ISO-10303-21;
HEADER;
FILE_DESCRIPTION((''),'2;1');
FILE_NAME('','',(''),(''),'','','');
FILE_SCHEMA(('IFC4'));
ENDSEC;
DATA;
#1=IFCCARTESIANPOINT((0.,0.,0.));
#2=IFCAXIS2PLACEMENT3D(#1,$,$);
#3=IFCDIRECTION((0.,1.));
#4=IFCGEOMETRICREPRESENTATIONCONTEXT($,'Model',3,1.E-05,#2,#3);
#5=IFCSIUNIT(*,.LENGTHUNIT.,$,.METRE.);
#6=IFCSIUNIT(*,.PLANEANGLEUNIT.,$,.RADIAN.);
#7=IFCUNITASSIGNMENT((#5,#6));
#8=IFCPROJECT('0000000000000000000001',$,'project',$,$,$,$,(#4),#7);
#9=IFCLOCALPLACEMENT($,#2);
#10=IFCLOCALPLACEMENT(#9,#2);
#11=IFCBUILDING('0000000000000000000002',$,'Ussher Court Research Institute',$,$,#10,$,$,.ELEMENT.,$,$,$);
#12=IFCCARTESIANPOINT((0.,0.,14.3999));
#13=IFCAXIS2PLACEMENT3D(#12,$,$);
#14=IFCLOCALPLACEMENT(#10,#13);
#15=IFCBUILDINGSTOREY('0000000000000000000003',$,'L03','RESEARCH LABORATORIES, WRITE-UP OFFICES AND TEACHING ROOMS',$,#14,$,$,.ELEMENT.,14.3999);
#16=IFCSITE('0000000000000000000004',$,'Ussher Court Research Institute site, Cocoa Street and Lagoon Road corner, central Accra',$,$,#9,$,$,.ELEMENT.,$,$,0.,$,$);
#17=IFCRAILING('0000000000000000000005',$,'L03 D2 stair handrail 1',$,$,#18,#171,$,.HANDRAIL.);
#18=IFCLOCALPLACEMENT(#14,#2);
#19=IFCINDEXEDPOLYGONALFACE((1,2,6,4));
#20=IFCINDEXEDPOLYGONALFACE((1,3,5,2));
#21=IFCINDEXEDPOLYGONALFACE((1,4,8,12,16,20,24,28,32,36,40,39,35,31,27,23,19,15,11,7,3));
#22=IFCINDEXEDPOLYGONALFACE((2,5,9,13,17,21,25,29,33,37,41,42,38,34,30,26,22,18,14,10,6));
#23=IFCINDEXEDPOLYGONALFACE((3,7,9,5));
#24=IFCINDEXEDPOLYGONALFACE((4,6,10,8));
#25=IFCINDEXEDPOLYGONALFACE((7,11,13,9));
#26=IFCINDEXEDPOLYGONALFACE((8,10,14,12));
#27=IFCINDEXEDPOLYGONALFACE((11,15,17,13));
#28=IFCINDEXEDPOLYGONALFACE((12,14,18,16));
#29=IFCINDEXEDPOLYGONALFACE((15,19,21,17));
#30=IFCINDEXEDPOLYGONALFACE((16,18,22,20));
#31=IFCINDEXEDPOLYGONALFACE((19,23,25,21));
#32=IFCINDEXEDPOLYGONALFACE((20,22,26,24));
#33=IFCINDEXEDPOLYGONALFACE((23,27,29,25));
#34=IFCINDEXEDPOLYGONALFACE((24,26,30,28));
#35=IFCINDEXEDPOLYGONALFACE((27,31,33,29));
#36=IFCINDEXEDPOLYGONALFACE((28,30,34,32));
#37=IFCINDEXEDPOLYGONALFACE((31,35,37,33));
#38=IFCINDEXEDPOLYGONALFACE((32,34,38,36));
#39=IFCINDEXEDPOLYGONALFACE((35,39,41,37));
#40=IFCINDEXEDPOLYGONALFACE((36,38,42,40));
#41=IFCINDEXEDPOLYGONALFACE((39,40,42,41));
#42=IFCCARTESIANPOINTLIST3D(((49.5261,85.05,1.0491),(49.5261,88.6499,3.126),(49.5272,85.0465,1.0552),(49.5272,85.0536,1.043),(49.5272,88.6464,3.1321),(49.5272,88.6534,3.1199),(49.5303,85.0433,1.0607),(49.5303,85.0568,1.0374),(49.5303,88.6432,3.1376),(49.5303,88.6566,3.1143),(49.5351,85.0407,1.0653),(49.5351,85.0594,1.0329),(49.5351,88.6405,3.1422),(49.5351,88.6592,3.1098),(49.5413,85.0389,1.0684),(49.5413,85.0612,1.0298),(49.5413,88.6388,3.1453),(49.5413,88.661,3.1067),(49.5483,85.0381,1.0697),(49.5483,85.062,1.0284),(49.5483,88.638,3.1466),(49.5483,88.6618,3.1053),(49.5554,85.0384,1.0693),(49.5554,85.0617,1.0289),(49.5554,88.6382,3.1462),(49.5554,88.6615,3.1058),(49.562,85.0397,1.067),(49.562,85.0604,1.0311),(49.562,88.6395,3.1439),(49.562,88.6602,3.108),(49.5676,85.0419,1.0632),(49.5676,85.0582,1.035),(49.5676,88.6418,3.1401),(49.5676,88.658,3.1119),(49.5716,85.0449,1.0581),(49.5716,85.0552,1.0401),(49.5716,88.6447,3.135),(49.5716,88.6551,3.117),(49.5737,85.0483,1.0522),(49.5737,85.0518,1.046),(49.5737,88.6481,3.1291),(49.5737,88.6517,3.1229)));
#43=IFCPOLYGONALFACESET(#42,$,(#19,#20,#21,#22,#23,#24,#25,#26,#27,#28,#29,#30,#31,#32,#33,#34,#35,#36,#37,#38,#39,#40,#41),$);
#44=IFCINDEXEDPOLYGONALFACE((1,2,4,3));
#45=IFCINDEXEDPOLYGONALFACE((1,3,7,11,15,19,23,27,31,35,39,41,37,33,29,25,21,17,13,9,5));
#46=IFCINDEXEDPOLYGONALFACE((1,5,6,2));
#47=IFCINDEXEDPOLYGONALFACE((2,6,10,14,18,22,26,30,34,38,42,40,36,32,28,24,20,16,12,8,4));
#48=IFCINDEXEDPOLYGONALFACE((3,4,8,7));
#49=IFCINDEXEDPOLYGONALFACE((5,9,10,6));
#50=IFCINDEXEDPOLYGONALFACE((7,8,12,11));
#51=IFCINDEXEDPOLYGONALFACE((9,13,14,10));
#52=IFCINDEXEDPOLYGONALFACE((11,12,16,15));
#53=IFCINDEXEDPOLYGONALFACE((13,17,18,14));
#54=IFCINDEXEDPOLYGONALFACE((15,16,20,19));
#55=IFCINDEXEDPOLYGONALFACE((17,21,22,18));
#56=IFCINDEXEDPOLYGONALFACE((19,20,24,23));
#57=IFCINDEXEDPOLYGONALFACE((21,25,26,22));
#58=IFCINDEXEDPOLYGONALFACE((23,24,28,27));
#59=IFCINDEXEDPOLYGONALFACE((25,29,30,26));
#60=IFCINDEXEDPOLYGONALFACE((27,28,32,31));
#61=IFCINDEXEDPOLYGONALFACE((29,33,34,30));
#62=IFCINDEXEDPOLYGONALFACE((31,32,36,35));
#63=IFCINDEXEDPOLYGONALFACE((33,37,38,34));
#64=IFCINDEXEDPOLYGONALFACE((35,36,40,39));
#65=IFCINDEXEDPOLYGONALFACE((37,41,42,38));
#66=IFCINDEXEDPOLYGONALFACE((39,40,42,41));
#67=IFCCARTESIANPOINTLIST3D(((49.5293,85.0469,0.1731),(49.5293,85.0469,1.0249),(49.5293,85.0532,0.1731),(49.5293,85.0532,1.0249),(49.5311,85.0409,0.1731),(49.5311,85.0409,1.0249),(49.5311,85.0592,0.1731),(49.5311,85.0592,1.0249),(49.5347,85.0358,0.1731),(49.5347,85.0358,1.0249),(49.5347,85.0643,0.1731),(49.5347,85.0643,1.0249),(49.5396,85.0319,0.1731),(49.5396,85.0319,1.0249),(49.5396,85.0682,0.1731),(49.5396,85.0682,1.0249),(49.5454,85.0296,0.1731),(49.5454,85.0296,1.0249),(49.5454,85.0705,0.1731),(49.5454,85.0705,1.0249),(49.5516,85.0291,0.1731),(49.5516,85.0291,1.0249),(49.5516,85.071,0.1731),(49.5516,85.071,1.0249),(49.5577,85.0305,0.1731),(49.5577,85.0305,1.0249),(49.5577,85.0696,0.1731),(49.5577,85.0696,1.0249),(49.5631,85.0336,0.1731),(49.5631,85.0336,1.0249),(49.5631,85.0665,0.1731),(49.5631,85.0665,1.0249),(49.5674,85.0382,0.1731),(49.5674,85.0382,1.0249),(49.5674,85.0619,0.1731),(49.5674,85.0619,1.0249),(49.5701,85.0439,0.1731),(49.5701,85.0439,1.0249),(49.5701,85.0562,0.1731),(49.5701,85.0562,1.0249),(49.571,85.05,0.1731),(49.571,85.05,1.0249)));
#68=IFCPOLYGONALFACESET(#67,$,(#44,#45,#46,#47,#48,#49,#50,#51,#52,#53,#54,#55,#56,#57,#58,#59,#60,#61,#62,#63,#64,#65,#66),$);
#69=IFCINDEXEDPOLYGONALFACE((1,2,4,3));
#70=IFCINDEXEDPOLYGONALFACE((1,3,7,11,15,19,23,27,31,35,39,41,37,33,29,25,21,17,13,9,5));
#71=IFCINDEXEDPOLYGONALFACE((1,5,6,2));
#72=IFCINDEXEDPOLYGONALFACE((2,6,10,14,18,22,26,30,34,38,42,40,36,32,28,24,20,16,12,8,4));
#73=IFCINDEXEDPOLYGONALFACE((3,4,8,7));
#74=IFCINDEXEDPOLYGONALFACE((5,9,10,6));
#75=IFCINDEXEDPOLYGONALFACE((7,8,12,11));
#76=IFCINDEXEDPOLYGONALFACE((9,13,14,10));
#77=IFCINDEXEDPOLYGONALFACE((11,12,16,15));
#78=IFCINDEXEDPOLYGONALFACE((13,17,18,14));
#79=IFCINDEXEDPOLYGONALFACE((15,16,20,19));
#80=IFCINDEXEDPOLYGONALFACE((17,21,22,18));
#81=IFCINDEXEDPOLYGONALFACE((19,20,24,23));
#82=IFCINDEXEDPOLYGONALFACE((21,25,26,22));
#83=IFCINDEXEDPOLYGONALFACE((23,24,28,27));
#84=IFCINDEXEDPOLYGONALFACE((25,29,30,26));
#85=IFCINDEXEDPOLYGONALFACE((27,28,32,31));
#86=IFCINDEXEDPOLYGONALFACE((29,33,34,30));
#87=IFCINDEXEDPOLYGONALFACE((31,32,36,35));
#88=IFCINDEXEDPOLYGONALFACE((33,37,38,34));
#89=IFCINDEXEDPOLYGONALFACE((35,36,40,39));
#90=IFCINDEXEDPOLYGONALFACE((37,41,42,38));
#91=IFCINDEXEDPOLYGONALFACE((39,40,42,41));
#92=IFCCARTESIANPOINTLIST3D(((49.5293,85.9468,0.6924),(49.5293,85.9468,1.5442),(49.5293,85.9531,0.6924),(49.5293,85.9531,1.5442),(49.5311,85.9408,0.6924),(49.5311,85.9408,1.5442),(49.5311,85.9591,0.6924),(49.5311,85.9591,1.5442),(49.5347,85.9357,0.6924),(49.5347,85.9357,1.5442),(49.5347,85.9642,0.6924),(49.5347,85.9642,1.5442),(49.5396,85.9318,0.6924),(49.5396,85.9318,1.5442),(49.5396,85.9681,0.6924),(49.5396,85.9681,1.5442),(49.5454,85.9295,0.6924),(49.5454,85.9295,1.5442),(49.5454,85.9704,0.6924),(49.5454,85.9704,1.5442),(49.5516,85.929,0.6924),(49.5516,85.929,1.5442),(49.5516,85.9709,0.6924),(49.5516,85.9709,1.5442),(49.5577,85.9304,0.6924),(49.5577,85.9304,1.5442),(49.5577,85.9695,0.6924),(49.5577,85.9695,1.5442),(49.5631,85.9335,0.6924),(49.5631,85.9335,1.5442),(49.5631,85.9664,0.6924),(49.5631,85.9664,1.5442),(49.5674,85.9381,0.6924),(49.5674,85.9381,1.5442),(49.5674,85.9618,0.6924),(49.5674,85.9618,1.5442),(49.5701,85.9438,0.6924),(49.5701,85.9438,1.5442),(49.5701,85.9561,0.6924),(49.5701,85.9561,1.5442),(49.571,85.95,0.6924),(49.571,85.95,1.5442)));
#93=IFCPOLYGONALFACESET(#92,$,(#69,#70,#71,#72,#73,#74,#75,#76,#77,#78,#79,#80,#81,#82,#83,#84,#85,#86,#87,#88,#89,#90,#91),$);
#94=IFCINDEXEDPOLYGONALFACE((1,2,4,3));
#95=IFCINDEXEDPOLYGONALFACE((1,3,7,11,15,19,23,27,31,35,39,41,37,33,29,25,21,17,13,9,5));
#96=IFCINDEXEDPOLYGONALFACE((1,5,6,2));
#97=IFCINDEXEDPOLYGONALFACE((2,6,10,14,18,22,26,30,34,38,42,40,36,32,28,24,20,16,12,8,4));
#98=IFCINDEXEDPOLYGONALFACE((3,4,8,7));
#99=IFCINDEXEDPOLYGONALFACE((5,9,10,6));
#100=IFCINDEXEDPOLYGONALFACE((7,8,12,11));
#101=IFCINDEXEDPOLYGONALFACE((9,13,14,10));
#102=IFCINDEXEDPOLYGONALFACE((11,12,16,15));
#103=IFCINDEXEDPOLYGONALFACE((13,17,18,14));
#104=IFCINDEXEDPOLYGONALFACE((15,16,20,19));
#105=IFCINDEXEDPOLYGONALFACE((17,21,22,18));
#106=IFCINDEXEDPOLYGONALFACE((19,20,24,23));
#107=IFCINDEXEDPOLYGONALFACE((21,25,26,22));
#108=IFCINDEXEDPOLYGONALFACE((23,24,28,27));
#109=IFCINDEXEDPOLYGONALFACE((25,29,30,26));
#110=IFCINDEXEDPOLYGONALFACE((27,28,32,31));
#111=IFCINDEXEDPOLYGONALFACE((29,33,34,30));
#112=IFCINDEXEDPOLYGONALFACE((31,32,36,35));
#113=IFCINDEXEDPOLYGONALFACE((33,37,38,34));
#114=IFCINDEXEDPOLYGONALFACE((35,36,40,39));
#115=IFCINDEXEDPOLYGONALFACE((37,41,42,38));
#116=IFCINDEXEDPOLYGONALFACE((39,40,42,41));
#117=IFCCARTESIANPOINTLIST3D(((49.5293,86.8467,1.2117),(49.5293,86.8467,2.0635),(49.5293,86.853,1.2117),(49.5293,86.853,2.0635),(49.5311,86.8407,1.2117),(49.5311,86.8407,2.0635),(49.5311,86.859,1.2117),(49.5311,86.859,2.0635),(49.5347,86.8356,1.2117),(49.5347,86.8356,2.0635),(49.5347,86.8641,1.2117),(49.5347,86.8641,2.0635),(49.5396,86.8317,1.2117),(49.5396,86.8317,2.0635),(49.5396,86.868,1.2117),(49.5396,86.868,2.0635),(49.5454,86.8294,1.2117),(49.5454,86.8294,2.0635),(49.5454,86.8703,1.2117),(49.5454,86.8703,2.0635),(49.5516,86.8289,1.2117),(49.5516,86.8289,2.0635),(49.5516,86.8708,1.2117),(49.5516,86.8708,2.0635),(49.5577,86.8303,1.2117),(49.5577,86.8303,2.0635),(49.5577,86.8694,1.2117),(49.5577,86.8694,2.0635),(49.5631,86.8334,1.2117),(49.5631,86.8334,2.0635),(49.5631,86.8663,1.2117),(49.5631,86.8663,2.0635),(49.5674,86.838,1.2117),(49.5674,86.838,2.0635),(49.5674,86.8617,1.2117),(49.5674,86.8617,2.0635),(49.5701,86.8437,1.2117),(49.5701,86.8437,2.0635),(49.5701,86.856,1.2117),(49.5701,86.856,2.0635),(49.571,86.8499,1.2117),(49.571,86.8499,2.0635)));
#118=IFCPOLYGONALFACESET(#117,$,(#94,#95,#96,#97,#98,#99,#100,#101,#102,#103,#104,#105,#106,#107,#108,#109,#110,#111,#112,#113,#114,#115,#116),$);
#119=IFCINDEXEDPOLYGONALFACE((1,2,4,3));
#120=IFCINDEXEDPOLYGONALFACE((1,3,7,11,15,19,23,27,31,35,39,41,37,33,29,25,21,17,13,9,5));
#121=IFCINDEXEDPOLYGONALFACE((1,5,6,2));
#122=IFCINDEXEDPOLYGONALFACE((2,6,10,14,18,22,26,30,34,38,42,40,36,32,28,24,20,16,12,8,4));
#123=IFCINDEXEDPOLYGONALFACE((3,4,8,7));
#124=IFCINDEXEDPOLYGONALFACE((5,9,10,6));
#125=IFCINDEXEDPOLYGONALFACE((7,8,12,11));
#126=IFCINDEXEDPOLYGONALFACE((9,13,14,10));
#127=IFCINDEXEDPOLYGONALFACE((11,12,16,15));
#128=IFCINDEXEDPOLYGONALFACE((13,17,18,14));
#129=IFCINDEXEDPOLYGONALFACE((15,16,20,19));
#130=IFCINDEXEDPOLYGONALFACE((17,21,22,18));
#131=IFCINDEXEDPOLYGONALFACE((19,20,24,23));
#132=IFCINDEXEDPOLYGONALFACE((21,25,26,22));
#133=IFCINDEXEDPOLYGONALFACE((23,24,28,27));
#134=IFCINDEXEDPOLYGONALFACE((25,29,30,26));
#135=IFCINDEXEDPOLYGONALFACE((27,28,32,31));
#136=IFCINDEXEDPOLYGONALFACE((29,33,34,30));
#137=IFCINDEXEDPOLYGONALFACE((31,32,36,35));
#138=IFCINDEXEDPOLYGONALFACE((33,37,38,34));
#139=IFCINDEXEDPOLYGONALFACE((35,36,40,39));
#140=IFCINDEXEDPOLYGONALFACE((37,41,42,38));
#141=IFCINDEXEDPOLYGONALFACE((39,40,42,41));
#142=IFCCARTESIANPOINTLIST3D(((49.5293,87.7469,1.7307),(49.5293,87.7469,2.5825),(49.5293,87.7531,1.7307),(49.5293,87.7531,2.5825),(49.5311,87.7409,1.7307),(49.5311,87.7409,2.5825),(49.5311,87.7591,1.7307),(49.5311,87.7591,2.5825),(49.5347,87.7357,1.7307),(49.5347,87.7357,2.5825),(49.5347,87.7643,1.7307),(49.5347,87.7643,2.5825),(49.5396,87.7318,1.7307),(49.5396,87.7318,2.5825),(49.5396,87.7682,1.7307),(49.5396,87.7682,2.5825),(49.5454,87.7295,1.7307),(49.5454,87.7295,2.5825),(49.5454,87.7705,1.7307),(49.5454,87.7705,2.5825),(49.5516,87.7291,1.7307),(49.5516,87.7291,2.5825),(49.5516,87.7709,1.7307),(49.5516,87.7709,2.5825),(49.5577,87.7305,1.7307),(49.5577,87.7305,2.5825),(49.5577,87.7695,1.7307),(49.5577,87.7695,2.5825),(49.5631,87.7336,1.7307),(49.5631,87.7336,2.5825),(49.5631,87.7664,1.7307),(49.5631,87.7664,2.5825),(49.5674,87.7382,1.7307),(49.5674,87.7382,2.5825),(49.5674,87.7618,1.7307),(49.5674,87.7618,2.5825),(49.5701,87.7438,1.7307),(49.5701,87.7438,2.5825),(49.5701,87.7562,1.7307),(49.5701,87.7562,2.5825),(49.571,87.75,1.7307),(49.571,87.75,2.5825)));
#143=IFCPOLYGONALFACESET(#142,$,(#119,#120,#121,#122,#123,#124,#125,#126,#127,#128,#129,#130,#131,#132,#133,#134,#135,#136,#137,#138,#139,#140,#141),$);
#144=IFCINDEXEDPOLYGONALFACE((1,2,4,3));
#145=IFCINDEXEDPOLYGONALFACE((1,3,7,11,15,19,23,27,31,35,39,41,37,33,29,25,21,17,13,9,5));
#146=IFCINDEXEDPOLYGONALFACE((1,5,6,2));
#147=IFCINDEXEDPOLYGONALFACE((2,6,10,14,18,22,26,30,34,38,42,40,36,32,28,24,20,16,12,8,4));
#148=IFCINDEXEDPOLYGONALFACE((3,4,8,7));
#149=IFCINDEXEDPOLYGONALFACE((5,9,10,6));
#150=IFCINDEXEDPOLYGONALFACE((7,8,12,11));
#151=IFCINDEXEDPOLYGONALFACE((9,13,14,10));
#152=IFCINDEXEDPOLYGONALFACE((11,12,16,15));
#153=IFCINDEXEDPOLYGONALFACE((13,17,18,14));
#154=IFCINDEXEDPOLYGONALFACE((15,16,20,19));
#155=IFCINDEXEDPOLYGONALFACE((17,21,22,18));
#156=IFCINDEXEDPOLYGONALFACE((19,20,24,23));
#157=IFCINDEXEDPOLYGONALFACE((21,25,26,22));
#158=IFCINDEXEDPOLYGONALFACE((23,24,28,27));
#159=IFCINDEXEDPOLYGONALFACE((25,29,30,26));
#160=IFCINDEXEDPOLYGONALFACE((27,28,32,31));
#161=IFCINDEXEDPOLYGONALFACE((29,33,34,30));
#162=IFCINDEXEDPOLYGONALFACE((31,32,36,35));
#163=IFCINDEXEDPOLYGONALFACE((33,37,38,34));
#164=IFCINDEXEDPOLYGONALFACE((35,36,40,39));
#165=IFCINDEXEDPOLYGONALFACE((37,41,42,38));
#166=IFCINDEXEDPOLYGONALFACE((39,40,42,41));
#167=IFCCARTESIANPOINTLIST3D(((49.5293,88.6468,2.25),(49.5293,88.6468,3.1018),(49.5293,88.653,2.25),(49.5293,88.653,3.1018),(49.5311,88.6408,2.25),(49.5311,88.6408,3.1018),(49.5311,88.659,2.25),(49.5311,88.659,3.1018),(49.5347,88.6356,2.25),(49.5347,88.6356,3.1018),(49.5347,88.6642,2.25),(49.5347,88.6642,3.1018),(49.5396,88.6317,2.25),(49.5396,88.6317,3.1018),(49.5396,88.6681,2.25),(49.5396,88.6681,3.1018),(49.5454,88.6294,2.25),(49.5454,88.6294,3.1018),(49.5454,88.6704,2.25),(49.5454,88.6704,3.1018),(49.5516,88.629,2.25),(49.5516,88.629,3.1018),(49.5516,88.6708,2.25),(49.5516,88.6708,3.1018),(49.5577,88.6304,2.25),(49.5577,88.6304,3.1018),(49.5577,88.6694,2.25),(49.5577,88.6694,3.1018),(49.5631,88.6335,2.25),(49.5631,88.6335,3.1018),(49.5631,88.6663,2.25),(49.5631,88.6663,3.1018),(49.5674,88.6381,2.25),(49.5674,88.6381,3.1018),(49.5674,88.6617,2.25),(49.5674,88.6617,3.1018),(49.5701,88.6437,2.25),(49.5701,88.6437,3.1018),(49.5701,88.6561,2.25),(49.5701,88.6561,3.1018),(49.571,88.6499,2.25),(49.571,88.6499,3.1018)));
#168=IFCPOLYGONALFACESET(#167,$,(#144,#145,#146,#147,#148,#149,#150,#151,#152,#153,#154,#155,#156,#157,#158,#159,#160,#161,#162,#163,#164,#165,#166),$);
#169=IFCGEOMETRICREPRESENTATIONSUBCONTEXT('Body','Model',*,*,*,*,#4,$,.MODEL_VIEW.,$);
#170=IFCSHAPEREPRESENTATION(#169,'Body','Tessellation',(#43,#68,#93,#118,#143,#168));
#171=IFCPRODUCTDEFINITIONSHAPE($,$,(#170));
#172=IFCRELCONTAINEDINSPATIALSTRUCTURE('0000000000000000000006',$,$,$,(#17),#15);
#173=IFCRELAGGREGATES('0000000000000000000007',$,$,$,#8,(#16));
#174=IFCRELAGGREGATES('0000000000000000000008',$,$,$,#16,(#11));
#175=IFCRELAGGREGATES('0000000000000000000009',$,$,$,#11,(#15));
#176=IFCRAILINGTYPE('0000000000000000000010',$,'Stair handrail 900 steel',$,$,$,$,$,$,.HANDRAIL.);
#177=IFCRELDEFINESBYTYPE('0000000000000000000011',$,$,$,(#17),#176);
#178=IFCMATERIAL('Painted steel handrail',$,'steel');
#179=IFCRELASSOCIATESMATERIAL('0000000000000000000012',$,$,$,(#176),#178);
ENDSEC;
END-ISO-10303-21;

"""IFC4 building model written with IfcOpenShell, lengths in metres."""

from ifc_helpers import new_model, si_unit, direction, frame, origin, origin_2d, place, context, subcontext, project, spatial, circle, extrude, material, type_object, element, save


model = new_model("IFC4")

# Units and contexts
model_context = context("Model", 3, precision=1e-05, world=origin(), true_north=direction((0.0, 1.0)))
body_context = subcontext(model_context, "Body", "Model", "MODEL_VIEW")
ifc_project = project(units=[si_unit("LENGTHUNIT", "METRE"), si_unit("PLANEANGLEUNIT", "RADIAN")], contexts=[model_context])

# Site, building, storey
site_placement = place(None, origin())
site = spatial("IfcSite", under=ifc_project, at=site_placement, Name="Ussher Court Research Institute site, Cocoa Street and Lagoon Road corner, central Accra", CompositionType="ELEMENT", RefElevation=0.0)
building_placement = place(site_placement, origin())
building = spatial("IfcBuilding", under=site, at=building_placement, Name="Ussher Court Research Institute", CompositionType="ELEMENT")
storey_placement = place(building_placement, frame((0.0, 0.0, 14.3999)))
storey = spatial("IfcBuildingStorey", under=building, at=storey_placement, Name="L03", Description="RESEARCH LABORATORIES, WRITE-UP OFFICES AND TEACHING ROOMS", CompositionType="ELEMENT", Elevation=14.3999)

# Railing
ifc_material_1 = material(Name="Painted steel handrail", Category="steel")
railing_type_1 = type_object("IfcRailingType", Name="Stair handrail 900 steel", PredefinedType="HANDRAIL", material=ifc_material_1)
railing_1_placement = place(storey_placement, frame((49.55, 85.05, 0.1731)))
element("IfcRailing", 1, at=railing_1_placement, inside=storey, type_object=railing_type_1, Name="L03 D2 stair handrail 1", PredefinedType="HANDRAIL", context=body_context, shape_type="SweptSolid", body=[
    extrude(circle(Radius=0.0239, at=origin_2d()), frame((0.0, 0.0, 0.876), z_axis=(0.0, 0.866179, 0.499734), x_axis=(-1.0, 0.0, 0.0)), (0.0, 0.0, 1.0), 4.156),
    extrude(circle(Radius=0.021, at=origin_2d()), origin(), (0.0, 0.0, 1.0), 0.8518),
    extrude(circle(Radius=0.021, at=origin_2d()), frame((0.0, 0.8999, 0.5193)), (0.0, 0.0, 1.0), 0.8518),
    extrude(circle(Radius=0.021, at=origin_2d()), frame((0.0, 1.7998, 1.0386)), (0.0, 0.0, 1.0), 0.8518),
    extrude(circle(Radius=0.021, at=origin_2d()), frame((0.0, 2.7, 1.5576)), (0.0, 0.0, 1.0), 0.8518),
    extrude(circle(Radius=0.021, at=origin_2d()), frame((0.0, 3.5999, 2.0769)), (0.0, 0.0, 1.0), 0.8518),
])

save(model, "model.ifc")
